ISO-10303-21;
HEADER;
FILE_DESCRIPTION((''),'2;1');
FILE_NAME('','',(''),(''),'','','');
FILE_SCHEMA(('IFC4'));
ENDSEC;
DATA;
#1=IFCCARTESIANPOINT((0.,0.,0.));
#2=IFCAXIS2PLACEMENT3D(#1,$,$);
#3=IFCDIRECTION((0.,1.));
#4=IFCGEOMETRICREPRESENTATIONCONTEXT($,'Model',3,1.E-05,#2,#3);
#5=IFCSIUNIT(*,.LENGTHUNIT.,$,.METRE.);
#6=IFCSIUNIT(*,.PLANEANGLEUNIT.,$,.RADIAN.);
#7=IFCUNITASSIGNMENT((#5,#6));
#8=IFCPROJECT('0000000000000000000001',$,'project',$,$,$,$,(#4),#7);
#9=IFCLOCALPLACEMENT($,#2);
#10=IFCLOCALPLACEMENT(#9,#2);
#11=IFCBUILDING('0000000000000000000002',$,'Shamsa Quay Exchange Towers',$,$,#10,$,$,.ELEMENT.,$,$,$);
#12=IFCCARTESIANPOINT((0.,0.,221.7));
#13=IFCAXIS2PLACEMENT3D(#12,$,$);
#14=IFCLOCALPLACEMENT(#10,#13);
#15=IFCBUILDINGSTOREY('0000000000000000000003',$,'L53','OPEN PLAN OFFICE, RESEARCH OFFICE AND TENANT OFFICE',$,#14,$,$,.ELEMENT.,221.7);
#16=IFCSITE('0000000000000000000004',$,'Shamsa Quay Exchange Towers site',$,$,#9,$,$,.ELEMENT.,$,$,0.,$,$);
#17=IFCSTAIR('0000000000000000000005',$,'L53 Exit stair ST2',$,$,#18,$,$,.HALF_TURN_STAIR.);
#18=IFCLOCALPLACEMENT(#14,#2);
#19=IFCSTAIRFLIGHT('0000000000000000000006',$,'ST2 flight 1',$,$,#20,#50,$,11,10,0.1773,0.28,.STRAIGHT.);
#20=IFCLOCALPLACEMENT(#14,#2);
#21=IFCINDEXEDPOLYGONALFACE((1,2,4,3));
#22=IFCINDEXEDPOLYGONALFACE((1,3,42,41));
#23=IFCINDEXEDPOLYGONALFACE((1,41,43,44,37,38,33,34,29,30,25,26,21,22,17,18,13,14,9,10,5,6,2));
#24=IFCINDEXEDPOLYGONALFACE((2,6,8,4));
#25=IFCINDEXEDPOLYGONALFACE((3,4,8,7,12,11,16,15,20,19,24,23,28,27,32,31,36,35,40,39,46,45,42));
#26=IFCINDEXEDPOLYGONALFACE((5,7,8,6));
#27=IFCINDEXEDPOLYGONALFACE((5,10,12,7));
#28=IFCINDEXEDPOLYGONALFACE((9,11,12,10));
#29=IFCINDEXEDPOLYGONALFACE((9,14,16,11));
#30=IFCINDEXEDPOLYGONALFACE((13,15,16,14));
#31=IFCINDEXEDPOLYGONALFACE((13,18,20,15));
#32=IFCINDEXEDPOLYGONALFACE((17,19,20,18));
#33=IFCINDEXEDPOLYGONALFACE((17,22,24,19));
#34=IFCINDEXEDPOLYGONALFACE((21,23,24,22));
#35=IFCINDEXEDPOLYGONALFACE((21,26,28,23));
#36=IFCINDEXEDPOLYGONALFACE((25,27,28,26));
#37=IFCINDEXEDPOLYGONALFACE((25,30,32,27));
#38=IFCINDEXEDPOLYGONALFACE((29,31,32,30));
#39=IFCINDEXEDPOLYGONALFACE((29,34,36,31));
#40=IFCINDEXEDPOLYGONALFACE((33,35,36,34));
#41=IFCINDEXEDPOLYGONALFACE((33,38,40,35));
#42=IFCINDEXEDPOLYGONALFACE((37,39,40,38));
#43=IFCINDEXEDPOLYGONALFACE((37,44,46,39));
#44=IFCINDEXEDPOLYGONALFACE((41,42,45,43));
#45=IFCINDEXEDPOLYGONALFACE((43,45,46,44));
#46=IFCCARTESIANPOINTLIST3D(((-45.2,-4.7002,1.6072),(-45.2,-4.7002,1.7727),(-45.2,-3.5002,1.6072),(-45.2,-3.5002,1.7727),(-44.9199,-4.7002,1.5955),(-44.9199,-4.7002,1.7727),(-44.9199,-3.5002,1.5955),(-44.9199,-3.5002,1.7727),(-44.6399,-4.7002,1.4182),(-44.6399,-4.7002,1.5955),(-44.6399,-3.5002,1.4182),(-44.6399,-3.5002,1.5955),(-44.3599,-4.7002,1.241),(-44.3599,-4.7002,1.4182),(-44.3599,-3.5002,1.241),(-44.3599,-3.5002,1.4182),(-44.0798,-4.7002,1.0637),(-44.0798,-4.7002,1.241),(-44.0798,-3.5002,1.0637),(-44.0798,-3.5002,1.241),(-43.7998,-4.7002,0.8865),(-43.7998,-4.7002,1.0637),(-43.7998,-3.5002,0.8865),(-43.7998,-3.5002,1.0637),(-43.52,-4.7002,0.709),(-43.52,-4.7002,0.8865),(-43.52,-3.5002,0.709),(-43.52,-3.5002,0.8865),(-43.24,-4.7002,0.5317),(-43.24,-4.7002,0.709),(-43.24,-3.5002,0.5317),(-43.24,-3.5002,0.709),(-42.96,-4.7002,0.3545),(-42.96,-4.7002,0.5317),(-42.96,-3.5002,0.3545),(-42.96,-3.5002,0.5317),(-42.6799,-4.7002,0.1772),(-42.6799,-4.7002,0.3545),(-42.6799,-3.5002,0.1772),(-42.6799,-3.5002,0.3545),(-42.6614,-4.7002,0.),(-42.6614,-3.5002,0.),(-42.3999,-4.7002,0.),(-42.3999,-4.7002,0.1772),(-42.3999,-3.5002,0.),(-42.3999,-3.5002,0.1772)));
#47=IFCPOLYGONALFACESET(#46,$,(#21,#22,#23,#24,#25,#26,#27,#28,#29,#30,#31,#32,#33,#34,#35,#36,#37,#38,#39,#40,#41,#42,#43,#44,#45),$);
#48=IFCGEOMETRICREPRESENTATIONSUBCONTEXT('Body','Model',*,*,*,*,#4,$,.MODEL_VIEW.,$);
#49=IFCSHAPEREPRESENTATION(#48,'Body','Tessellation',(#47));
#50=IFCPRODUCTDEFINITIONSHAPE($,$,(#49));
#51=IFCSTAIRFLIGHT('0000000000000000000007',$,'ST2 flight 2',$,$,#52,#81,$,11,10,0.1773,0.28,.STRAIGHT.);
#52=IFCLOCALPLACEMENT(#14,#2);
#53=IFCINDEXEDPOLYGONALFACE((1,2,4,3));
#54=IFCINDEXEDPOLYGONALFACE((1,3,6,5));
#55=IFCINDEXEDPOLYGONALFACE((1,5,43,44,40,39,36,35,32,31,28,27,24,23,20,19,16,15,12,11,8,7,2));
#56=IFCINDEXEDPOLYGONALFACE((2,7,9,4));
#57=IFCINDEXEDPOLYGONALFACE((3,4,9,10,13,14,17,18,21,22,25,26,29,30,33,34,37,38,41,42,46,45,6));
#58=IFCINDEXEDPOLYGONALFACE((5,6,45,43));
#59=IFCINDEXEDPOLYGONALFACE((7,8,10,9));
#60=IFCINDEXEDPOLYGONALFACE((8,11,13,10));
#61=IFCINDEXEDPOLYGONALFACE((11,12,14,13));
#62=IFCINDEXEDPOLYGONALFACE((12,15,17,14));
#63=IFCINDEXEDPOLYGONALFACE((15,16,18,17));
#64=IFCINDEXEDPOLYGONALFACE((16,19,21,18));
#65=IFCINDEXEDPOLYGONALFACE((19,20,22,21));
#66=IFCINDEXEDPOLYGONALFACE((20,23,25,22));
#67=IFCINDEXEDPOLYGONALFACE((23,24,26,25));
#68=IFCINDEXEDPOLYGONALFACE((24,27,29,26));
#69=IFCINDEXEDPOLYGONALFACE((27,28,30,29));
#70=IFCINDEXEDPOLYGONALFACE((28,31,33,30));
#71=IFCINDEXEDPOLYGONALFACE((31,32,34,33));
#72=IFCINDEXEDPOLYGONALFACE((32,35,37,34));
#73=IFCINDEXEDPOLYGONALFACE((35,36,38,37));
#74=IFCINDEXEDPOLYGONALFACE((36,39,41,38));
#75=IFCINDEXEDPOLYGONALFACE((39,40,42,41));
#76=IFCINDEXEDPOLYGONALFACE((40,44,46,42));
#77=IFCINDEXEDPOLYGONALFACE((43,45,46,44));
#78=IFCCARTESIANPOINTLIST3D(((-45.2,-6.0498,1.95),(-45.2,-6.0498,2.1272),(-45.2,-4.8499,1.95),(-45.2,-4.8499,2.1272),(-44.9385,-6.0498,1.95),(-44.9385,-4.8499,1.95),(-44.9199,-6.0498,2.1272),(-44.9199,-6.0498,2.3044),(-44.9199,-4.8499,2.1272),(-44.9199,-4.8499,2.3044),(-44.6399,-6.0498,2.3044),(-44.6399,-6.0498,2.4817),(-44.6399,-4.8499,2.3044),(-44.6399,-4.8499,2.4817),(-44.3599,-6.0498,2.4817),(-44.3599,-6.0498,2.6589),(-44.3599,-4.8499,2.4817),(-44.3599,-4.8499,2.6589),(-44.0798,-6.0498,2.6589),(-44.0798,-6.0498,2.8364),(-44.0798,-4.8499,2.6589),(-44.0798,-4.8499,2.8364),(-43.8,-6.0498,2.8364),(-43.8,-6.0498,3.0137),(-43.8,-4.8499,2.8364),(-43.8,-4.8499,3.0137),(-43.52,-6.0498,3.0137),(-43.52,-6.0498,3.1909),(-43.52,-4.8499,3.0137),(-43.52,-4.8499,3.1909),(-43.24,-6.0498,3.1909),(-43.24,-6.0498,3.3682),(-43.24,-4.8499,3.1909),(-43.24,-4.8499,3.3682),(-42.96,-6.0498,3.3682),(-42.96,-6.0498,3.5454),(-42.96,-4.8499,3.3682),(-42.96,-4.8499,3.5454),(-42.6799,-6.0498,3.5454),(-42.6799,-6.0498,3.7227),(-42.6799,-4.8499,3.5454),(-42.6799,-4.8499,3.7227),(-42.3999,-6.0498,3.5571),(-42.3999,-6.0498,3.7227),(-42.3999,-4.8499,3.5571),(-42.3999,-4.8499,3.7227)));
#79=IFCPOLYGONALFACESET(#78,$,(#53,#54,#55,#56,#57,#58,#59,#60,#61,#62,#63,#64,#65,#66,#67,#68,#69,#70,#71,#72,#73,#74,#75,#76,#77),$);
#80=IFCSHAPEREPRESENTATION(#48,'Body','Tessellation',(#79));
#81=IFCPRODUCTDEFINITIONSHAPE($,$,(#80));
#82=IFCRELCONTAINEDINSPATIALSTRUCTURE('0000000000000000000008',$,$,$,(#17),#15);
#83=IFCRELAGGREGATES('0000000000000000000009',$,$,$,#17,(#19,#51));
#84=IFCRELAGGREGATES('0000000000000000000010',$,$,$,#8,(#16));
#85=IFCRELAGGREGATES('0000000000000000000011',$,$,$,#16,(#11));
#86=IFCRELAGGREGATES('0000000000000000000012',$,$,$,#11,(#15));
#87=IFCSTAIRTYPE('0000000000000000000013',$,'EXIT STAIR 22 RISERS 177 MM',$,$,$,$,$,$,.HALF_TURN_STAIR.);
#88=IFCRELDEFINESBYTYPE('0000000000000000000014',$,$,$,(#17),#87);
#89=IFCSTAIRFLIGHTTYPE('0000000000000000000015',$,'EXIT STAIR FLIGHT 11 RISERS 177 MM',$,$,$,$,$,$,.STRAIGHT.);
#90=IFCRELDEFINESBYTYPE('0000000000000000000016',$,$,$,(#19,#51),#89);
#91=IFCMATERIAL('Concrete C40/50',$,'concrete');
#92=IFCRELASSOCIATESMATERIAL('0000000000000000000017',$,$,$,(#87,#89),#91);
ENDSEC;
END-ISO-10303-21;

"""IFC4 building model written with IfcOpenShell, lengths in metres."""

from ifc_helpers import new_model, si_unit, direction, frame, origin, place, context, subcontext, project, spatial, polyline, outline, extrude, material, type_object, element, aggregate, save


model = new_model("IFC4")

# Units and contexts
model_context = context("Model", 3, precision=1e-05, world=origin(), true_north=direction((0.0, 1.0)))
body_context = subcontext(model_context, "Body", "Model", "MODEL_VIEW")
ifc_project = project(units=[si_unit("LENGTHUNIT", "METRE"), si_unit("PLANEANGLEUNIT", "RADIAN")], contexts=[model_context])

# Site, building, storey
site_placement = place(None, origin())
site = spatial("IfcSite", under=ifc_project, at=site_placement, Name="Shamsa Quay Exchange Towers site", CompositionType="ELEMENT", RefElevation=0.0)
building_placement = place(site_placement, origin())
building = spatial("IfcBuilding", under=site, at=building_placement, Name="Shamsa Quay Exchange Towers", CompositionType="ELEMENT")
storey_placement = place(building_placement, frame((0.0, 0.0, 221.7)))
storey = spatial("IfcBuildingStorey", under=building, at=storey_placement, Name="L53", Description="OPEN PLAN OFFICE, RESEARCH OFFICE AND TENANT OFFICE", CompositionType="ELEMENT", Elevation=221.7)

# Stair, stair flights
ifc_material_1 = material(Name="Concrete C40/50", Category="concrete")
stair_type = type_object("IfcStairType", Name="EXIT STAIR 22 RISERS 177 MM", PredefinedType="HALF_TURN_STAIR", material=ifc_material_1)
stair_placement = place(storey_placement, origin())
stair = element("IfcStair", 1, at=stair_placement, inside=storey, type_object=stair_type, Name="L53 Exit stair ST2", PredefinedType="HALF_TURN_STAIR")
stair_flight_type = type_object("IfcStairFlightType", Name="EXIT STAIR FLIGHT 11 RISERS 177 MM", PredefinedType="STRAIGHT", material=ifc_material_1)
stair_flight_1_placement = place(storey_placement, frame((-42.3999, -4.1001, 0.0), z_axis=(0.0, 0.0, 1.0), x_axis=(-1.0, 0.0, 0.0)))
stair_flight_1 = element("IfcStairFlight", 2, at=stair_flight_1_placement, type_object=stair_flight_type, Name="ST2 flight 1", NumberOfRisers=11, NumberOfTreads=10, PredefinedType="STRAIGHT", RiserHeight=0.1773, TreadLength=0.28, context=body_context, shape_type="SweptSolid", body=[
    extrude(outline(polyline([(0.0, 0.0), (0.0, 0.1772), (0.28, 0.1772), (0.28, 0.3545), (0.5601, 0.3545), (0.5601, 0.5317), (0.8401, 0.5317), (0.8401, 0.709), (1.1201, 0.709), (1.1201, 0.8865), (1.3999, 0.8865), (1.3999, 1.0637), (1.6799, 1.0637), (1.6799, 1.241), (1.96, 1.241), (1.96, 1.4182), (2.24, 1.4182), (2.24, 1.5955), (2.52, 1.5955), (2.52, 1.7727), (2.8, 1.7727), (2.8, 1.95), (2.8, 1.6072), (0.2615, 0.0), (0.0, 0.0)])), frame((0.0, 0.6001, 0.0), z_axis=(0.0, -1.0, 0.0), x_axis=(1.0, 0.0, 0.0)), (0.0, 0.0, 1.0), 1.2),
])
stair_flight_2_placement = place(storey_placement, frame((-45.2, -5.45, 1.95)))
stair_flight_2 = element("IfcStairFlight", 3, at=stair_flight_2_placement, type_object=stair_flight_type, Name="ST2 flight 2", NumberOfRisers=11, NumberOfTreads=10, PredefinedType="STRAIGHT", RiserHeight=0.1773, TreadLength=0.28, context=body_context, shape_type="SweptSolid", body=[
    extrude(outline(polyline([(0.0, 0.0), (0.0, 0.1772), (0.28, 0.1772), (0.28, 0.3545), (0.5601, 0.3545), (0.5601, 0.5317), (0.8401, 0.5317), (0.8401, 0.709), (1.1201, 0.709), (1.1201, 0.8865), (1.3999, 0.8865), (1.3999, 1.0637), (1.6799, 1.0637), (1.6799, 1.241), (1.96, 1.241), (1.96, 1.4182), (2.24, 1.4182), (2.24, 1.5955), (2.52, 1.5955), (2.52, 1.7727), (2.8, 1.7727), (2.8, 1.95), (2.8, 1.6072), (0.2615, 0.0), (0.0, 0.0)])), frame((0.0, 0.6001, 0.0), z_axis=(0.0, -1.0, 0.0), x_axis=(1.0, 0.0, 0.0)), (0.0, 0.0, 1.0), 1.2),
])
aggregate(stair, [stair_flight_1, stair_flight_2])

save(model, "model.ifc")
